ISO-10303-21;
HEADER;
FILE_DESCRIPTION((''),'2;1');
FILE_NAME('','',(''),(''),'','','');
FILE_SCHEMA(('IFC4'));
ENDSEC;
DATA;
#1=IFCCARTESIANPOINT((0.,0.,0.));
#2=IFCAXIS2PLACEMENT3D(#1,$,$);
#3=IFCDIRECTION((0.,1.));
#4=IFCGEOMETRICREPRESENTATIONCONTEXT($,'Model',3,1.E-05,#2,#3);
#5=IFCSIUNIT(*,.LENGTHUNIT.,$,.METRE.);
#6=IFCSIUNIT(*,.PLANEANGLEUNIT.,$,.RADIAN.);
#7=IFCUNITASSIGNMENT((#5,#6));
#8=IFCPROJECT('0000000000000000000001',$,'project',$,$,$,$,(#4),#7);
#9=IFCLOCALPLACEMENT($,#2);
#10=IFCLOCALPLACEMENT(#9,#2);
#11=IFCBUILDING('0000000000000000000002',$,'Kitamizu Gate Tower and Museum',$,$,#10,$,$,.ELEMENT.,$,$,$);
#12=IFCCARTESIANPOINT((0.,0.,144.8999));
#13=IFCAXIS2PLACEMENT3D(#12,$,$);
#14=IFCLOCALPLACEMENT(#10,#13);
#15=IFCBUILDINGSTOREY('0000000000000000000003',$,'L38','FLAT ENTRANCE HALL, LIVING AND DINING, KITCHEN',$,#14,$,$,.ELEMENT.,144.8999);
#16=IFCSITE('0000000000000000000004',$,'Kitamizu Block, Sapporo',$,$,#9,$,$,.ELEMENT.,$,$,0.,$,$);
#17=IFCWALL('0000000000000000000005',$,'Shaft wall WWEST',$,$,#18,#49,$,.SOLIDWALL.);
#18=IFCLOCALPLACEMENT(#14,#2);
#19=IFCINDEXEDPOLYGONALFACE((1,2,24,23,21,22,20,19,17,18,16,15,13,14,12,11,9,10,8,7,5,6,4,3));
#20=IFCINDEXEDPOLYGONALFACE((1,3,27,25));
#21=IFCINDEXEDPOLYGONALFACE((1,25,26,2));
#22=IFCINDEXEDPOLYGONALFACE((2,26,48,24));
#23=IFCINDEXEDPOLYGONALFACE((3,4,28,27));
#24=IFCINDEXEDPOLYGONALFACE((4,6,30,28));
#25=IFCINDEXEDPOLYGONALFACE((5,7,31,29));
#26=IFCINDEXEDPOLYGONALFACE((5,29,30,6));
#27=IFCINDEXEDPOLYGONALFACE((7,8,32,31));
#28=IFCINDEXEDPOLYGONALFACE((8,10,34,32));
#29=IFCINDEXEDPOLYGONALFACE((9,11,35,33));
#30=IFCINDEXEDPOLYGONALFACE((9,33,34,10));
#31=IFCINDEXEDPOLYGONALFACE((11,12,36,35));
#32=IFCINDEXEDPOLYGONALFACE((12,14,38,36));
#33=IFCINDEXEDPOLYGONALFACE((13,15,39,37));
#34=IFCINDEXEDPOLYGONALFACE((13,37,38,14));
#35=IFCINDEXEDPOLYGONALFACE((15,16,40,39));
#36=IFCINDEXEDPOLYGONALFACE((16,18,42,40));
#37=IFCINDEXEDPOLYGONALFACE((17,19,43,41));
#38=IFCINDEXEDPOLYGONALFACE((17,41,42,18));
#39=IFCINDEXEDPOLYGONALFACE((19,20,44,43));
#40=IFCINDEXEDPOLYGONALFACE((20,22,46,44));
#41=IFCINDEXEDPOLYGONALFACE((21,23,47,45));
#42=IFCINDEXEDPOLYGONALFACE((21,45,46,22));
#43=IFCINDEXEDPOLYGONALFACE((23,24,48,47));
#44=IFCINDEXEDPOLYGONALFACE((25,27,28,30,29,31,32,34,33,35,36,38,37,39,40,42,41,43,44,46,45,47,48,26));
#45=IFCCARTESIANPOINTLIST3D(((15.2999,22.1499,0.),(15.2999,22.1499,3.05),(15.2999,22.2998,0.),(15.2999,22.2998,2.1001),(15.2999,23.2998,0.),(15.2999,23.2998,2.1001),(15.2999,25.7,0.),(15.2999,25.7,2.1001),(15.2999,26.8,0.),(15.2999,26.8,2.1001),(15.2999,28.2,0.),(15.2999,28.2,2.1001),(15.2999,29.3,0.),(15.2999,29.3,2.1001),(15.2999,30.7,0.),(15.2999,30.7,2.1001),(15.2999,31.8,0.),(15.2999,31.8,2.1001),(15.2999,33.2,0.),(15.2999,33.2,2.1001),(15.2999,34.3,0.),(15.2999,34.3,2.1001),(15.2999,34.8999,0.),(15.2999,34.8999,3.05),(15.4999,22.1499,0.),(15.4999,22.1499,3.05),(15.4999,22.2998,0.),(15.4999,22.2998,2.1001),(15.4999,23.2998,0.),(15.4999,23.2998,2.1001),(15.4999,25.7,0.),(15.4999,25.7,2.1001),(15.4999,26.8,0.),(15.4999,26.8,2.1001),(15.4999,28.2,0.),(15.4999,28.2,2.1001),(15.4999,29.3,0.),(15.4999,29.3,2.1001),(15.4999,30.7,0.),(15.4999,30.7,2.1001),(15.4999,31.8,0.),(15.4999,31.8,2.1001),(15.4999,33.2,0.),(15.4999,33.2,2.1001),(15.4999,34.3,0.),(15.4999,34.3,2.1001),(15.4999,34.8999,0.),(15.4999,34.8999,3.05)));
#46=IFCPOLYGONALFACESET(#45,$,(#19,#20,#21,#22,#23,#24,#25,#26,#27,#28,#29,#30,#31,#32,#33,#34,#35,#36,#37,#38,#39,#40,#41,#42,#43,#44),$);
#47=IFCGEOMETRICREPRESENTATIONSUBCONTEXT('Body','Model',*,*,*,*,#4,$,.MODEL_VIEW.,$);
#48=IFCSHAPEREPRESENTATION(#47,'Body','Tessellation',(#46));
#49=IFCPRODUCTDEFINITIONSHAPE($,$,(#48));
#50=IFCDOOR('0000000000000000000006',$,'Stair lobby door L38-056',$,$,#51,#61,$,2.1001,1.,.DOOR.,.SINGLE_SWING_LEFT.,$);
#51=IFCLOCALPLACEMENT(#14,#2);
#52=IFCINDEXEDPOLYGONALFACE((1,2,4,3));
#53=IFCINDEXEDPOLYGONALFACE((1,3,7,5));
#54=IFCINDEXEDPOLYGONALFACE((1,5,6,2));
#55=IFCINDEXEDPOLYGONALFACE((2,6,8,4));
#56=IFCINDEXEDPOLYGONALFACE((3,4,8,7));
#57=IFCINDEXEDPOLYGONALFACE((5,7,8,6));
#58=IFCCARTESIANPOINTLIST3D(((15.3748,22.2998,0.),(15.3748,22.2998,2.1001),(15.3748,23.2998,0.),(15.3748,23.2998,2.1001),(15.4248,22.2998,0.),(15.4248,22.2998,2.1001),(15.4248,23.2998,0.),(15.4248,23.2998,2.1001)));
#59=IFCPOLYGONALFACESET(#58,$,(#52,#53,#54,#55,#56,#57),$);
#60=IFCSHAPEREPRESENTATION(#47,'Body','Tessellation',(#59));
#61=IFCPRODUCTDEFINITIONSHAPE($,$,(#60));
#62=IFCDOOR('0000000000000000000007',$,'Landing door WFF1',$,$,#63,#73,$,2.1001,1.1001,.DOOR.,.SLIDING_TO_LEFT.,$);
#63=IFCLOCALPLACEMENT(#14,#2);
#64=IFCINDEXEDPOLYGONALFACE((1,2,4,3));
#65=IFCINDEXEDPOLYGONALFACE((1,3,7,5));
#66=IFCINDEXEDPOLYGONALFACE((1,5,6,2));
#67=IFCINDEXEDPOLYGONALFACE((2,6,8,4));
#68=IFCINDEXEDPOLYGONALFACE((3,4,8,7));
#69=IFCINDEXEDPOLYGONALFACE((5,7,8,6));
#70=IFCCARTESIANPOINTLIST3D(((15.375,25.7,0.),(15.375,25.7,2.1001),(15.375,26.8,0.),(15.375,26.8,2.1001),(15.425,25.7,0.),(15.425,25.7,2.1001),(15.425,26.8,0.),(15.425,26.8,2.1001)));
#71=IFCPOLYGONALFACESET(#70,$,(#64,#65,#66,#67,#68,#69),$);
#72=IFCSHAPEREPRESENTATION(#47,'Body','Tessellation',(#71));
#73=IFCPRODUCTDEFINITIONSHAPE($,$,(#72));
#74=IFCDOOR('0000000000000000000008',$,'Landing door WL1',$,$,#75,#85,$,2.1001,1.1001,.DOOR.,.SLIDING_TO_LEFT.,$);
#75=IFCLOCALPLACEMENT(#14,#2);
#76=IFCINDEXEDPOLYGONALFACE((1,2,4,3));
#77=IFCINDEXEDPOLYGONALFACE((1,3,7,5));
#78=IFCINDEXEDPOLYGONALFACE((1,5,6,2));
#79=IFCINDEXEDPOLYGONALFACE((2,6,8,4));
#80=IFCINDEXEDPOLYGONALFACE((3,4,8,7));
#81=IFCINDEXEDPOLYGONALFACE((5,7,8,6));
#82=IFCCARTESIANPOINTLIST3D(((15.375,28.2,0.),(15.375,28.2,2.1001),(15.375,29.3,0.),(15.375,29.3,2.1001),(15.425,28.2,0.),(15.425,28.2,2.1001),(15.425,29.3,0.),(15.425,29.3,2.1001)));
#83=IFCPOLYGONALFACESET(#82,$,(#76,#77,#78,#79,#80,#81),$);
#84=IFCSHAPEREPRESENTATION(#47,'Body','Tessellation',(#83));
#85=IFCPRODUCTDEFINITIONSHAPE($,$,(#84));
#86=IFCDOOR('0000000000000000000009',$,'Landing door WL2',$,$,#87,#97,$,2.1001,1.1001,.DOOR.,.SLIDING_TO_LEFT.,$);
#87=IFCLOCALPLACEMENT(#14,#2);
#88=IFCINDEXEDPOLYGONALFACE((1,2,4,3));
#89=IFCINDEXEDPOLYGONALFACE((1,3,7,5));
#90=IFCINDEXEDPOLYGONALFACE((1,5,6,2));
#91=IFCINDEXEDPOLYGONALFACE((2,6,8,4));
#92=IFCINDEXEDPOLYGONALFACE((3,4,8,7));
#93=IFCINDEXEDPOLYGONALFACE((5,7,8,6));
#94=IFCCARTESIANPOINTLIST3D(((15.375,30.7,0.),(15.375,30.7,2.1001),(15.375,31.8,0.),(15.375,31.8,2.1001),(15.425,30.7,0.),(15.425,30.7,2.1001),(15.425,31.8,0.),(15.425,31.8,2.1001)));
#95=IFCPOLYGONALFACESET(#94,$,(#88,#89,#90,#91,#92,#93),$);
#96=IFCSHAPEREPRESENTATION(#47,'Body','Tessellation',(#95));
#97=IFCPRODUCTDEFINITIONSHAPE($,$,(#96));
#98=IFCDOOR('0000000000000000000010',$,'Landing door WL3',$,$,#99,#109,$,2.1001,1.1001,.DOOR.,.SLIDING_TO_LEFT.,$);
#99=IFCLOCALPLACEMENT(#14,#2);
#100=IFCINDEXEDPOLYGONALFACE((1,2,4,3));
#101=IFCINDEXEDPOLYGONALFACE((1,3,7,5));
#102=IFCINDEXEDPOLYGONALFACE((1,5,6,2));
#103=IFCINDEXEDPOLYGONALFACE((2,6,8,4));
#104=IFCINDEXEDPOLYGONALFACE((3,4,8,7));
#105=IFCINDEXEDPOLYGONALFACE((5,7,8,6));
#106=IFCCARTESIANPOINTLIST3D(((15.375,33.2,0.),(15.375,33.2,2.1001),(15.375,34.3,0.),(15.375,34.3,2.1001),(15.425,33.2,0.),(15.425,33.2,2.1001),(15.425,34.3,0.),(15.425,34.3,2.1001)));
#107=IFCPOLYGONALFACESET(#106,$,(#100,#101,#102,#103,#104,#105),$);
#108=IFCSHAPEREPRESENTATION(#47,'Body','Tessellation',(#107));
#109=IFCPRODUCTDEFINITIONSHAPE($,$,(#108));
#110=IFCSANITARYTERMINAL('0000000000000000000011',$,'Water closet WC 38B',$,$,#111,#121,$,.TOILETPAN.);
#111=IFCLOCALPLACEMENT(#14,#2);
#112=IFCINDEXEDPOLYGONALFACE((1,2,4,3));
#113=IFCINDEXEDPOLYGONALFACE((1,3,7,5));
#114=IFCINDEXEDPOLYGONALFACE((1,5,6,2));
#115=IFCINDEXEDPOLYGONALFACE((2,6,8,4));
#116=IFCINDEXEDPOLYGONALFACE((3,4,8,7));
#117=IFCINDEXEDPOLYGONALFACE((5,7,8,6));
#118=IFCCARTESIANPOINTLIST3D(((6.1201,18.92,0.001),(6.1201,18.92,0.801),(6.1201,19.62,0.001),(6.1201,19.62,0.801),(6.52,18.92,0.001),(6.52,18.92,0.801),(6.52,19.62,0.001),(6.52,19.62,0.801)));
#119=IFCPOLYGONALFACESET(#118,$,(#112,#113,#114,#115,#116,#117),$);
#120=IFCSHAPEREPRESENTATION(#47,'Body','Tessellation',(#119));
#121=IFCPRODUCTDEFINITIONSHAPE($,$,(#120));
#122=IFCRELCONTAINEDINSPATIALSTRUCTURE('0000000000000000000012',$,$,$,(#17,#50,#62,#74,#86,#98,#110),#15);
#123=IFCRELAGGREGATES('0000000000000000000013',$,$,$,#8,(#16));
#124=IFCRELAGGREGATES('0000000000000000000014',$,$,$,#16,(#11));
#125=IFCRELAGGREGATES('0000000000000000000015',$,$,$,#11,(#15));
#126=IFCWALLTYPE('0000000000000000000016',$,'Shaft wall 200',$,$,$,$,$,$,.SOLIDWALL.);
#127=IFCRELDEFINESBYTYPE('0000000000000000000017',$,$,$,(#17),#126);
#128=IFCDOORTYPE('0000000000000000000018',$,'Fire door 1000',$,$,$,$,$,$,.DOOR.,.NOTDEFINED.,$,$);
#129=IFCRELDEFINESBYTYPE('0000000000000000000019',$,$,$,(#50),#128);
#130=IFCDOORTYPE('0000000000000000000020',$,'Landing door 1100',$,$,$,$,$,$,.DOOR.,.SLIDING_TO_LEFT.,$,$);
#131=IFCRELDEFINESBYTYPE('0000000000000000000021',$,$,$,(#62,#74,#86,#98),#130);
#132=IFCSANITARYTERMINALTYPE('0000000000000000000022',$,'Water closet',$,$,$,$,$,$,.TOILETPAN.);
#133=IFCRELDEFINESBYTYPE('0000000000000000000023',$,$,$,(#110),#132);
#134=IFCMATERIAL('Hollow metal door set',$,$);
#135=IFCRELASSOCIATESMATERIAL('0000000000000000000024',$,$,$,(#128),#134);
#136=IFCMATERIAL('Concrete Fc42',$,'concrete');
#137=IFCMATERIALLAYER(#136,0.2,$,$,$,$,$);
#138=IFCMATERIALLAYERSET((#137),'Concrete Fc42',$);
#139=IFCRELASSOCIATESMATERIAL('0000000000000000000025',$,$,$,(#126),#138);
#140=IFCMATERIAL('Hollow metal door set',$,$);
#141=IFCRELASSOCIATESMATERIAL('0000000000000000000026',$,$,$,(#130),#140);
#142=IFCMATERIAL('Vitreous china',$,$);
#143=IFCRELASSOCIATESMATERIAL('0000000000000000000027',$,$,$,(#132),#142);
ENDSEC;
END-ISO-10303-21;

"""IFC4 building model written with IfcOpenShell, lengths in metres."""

from ifc_helpers import new_model, si_unit, direction, frame, frame_2d, origin, origin_2d, place, context, subcontext, project, spatial, rectangle, extrude, material, layer, layer_set, type_object, element, fill, save


model = new_model("IFC4")

# Units and contexts
model_context = context("Model", 3, precision=1e-05, world=origin(), true_north=direction((0.0, 1.0)))
body_context = subcontext(model_context, "Body", "Model", "MODEL_VIEW")
ifc_project = project(units=[si_unit("LENGTHUNIT", "METRE"), si_unit("PLANEANGLEUNIT", "RADIAN")], contexts=[model_context])

# Site, building, storey
site_placement = place(None, origin())
site = spatial("IfcSite", under=ifc_project, at=site_placement, Name="Kitamizu Block, Sapporo", CompositionType="ELEMENT", RefElevation=0.0)
building_placement = place(site_placement, origin())
building = spatial("IfcBuilding", under=site, at=building_placement, Name="Kitamizu Gate Tower and Museum", CompositionType="ELEMENT")
storey_placement = place(building_placement, frame((0.0, 0.0, 144.8999)))
storey = spatial("IfcBuildingStorey", under=building, at=storey_placement, Name="L38", Description="FLAT ENTRANCE HALL, LIVING AND DINING, KITCHEN", CompositionType="ELEMENT", Elevation=144.8999)

# Shared definitions
ifc_material_1 = material(Name="Hollow metal door set")
door_type_1 = type_object("IfcDoorType", Name="Fire door 1000", OperationType="NOTDEFINED", PredefinedType="DOOR", material=ifc_material_1)

# Wall, openings, doors
ifc_material_2 = material(Name="Concrete Fc42", Category="concrete")
ifc_layer_1 = layer(ifc_material_2, 0.2)
ifc_layer_set_1 = layer_set([ifc_layer_1], Name="Concrete Fc42")
wall_type_1 = type_object("IfcWallType", Name="Shaft wall 200", PredefinedType="SOLIDWALL", material=ifc_layer_set_1)
wall_1_placement = place(storey_placement, frame((15.3999, 22.1499, 0.0), z_axis=(0.0, 0.0, 1.0), x_axis=(0.0, 1.0, 0.0)))
wall_1 = element("IfcWall", 1, at=wall_1_placement, inside=storey, type_object=wall_type_1, Name="Shaft wall WWEST", PredefinedType="SOLIDWALL", context=body_context, shape_type="SweptSolid", body=[
    extrude(rectangle(XDim=12.75, YDim=0.2, at=frame_2d((6.375, 0.0))), origin(), (0.0, 0.0, 1.0), 3.05),
])
opening_1_placement = place(wall_1_placement, frame((3.55, 0.0, 0.0)))
opening_1 = element("IfcOpeningElement", 2, at=opening_1_placement, cuts=wall_1, PredefinedType="OPENING", context=body_context, shape_type="SweptSolid", body=[
    extrude(rectangle(XDim=1.1001, YDim=2.1001, at=frame_2d((0.55, 1.05))), frame((0.0, 0.1099, 0.0), z_axis=(0.0, -1.0, 0.0), x_axis=(1.0, 0.0, 0.0)), (0.0, 0.0, 1.0), 0.22),
])
opening_2_placement = place(wall_1_placement, frame((6.05, 0.0, 0.0)))
opening_2 = element("IfcOpeningElement", 3, at=opening_2_placement, cuts=wall_1, PredefinedType="OPENING", context=body_context, shape_type="SweptSolid", body=[
    extrude(rectangle(XDim=1.1001, YDim=2.1001, at=frame_2d((0.55, 1.05))), frame((0.0, 0.1099, 0.0), z_axis=(0.0, -1.0, 0.0), x_axis=(1.0, 0.0, 0.0)), (0.0, 0.0, 1.0), 0.22),
])
opening_3_placement = place(wall_1_placement, frame((8.55, 0.0, 0.0)))
opening_3 = element("IfcOpeningElement", 4, at=opening_3_placement, cuts=wall_1, PredefinedType="OPENING", context=body_context, shape_type="SweptSolid", body=[
    extrude(rectangle(XDim=1.1001, YDim=2.1001, at=frame_2d((0.55, 1.05))), frame((0.0, 0.1099, 0.0), z_axis=(0.0, -1.0, 0.0), x_axis=(1.0, 0.0, 0.0)), (0.0, 0.0, 1.0), 0.22),
])
opening_4_placement = place(wall_1_placement, frame((11.05, 0.0, 0.0)))
opening_4 = element("IfcOpeningElement", 5, at=opening_4_placement, cuts=wall_1, PredefinedType="OPENING", context=body_context, shape_type="SweptSolid", body=[
    extrude(rectangle(XDim=1.1001, YDim=2.1001, at=frame_2d((0.55, 1.05))), frame((0.0, 0.1099, 0.0), z_axis=(0.0, -1.0, 0.0), x_axis=(1.0, 0.0, 0.0)), (0.0, 0.0, 1.0), 0.22),
])
opening_5_placement = place(wall_1_placement, frame((0.1499, 0.0, 0.0)))
opening_5 = element("IfcOpeningElement", 6, at=opening_5_placement, cuts=wall_1, PredefinedType="OPENING", context=body_context, shape_type="SweptSolid", body=[
    extrude(rectangle(XDim=1.0, YDim=2.1001, at=frame_2d((0.5, 1.05))), frame((0.0, 0.1099, 0.0), z_axis=(0.0, -1.0, 0.0), x_axis=(1.0, 0.0, 0.0)), (0.0, 0.0, 1.0), 0.22),
])
door_1_placement = place(opening_5_placement, frame((1.0, 0.0, 0.0), x_axis=(-1.0, 0.0, 0.0)))
door_1 = element("IfcDoor", 7, at=door_1_placement, inside=storey, type_object=door_type_1, Name="Stair lobby door L38-056", OperationType="SINGLE_SWING_LEFT", OverallHeight=2.1001, OverallWidth=1.0, PredefinedType="DOOR", context=body_context, shape_type="SweptSolid", body=[
    extrude(rectangle(XDim=1.0, YDim=2.1001, at=frame_2d((0.5, 1.05))), frame((0.0, 0.0249, 0.0), z_axis=(0.0, -1.0, 0.0), x_axis=(1.0, 0.0, 0.0)), (0.0, 0.0, 1.0), 0.05),
])
fill(opening_5, door_1)
ifc_material_3 = material(Name="Hollow metal door set")
door_type_2 = type_object("IfcDoorType", Name="Landing door 1100", OperationType="SLIDING_TO_LEFT", PredefinedType="DOOR", material=ifc_material_3)
door_2_placement = place(opening_1_placement, origin())
door_2 = element("IfcDoor", 8, at=door_2_placement, inside=storey, type_object=door_type_2, Name="Landing door WFF1", OperationType="SLIDING_TO_LEFT", OverallHeight=2.1001, OverallWidth=1.1001, PredefinedType="DOOR", context=body_context, shape_type="SweptSolid", body=[
    extrude(rectangle(XDim=1.1001, YDim=2.1001, at=frame_2d((0.55, 1.05))), frame((0.0, 0.0249, 0.0), z_axis=(0.0, -1.0, 0.0), x_axis=(1.0, 0.0, 0.0)), (0.0, 0.0, 1.0), 0.05),
])
fill(opening_1, door_2)
door_3_placement = place(opening_2_placement, origin())
door_3 = element("IfcDoor", 9, at=door_3_placement, inside=storey, type_object=door_type_2, Name="Landing door WL1", OperationType="SLIDING_TO_LEFT", OverallHeight=2.1001, OverallWidth=1.1001, PredefinedType="DOOR", context=body_context, shape_type="SweptSolid", body=[
    extrude(rectangle(XDim=1.1001, YDim=2.1001, at=frame_2d((0.55, 1.05))), frame((0.0, 0.0249, 0.0), z_axis=(0.0, -1.0, 0.0), x_axis=(1.0, 0.0, 0.0)), (0.0, 0.0, 1.0), 0.05),
])
fill(opening_2, door_3)
door_4_placement = place(opening_3_placement, origin())
door_4 = element("IfcDoor", 10, at=door_4_placement, inside=storey, type_object=door_type_2, Name="Landing door WL2", OperationType="SLIDING_TO_LEFT", OverallHeight=2.1001, OverallWidth=1.1001, PredefinedType="DOOR", context=body_context, shape_type="SweptSolid", body=[
    extrude(rectangle(XDim=1.1001, YDim=2.1001, at=frame_2d((0.55, 1.05))), frame((0.0, 0.0249, 0.0), z_axis=(0.0, -1.0, 0.0), x_axis=(1.0, 0.0, 0.0)), (0.0, 0.0, 1.0), 0.05),
])
fill(opening_3, door_4)
door_5_placement = place(opening_4_placement, origin())
door_5 = element("IfcDoor", 11, at=door_5_placement, inside=storey, type_object=door_type_2, Name="Landing door WL3", OperationType="SLIDING_TO_LEFT", OverallHeight=2.1001, OverallWidth=1.1001, PredefinedType="DOOR", context=body_context, shape_type="SweptSolid", body=[
    extrude(rectangle(XDim=1.1001, YDim=2.1001, at=frame_2d((0.55, 1.05))), frame((0.0, 0.0249, 0.0), z_axis=(0.0, -1.0, 0.0), x_axis=(1.0, 0.0, 0.0)), (0.0, 0.0, 1.0), 0.05),
])
fill(opening_4, door_5)

# Sanitary terminal
ifc_material_4 = material(Name="Vitreous china")
sanitary_terminal_type = type_object("IfcSanitaryTerminalType", Name="Water closet", PredefinedType="TOILETPAN", material=ifc_material_4)
sanitary_terminal_placement = place(storey_placement, frame((6.3201, 19.27, 0.001), z_axis=(0.0, 0.0, 1.0), x_axis=(1.0, 0.0, 0.0)))
element("IfcSanitaryTerminal", 12, at=sanitary_terminal_placement, inside=storey, type_object=sanitary_terminal_type, Name="Water closet WC 38B", PredefinedType="TOILETPAN", context=body_context, shape_type="SweptSolid", body=[
    extrude(rectangle(XDim=0.3999, YDim=0.7, at=origin_2d()), origin(), (0.0, 0.0, 1.0), 0.8),
])

save(model, "model.ifc")
